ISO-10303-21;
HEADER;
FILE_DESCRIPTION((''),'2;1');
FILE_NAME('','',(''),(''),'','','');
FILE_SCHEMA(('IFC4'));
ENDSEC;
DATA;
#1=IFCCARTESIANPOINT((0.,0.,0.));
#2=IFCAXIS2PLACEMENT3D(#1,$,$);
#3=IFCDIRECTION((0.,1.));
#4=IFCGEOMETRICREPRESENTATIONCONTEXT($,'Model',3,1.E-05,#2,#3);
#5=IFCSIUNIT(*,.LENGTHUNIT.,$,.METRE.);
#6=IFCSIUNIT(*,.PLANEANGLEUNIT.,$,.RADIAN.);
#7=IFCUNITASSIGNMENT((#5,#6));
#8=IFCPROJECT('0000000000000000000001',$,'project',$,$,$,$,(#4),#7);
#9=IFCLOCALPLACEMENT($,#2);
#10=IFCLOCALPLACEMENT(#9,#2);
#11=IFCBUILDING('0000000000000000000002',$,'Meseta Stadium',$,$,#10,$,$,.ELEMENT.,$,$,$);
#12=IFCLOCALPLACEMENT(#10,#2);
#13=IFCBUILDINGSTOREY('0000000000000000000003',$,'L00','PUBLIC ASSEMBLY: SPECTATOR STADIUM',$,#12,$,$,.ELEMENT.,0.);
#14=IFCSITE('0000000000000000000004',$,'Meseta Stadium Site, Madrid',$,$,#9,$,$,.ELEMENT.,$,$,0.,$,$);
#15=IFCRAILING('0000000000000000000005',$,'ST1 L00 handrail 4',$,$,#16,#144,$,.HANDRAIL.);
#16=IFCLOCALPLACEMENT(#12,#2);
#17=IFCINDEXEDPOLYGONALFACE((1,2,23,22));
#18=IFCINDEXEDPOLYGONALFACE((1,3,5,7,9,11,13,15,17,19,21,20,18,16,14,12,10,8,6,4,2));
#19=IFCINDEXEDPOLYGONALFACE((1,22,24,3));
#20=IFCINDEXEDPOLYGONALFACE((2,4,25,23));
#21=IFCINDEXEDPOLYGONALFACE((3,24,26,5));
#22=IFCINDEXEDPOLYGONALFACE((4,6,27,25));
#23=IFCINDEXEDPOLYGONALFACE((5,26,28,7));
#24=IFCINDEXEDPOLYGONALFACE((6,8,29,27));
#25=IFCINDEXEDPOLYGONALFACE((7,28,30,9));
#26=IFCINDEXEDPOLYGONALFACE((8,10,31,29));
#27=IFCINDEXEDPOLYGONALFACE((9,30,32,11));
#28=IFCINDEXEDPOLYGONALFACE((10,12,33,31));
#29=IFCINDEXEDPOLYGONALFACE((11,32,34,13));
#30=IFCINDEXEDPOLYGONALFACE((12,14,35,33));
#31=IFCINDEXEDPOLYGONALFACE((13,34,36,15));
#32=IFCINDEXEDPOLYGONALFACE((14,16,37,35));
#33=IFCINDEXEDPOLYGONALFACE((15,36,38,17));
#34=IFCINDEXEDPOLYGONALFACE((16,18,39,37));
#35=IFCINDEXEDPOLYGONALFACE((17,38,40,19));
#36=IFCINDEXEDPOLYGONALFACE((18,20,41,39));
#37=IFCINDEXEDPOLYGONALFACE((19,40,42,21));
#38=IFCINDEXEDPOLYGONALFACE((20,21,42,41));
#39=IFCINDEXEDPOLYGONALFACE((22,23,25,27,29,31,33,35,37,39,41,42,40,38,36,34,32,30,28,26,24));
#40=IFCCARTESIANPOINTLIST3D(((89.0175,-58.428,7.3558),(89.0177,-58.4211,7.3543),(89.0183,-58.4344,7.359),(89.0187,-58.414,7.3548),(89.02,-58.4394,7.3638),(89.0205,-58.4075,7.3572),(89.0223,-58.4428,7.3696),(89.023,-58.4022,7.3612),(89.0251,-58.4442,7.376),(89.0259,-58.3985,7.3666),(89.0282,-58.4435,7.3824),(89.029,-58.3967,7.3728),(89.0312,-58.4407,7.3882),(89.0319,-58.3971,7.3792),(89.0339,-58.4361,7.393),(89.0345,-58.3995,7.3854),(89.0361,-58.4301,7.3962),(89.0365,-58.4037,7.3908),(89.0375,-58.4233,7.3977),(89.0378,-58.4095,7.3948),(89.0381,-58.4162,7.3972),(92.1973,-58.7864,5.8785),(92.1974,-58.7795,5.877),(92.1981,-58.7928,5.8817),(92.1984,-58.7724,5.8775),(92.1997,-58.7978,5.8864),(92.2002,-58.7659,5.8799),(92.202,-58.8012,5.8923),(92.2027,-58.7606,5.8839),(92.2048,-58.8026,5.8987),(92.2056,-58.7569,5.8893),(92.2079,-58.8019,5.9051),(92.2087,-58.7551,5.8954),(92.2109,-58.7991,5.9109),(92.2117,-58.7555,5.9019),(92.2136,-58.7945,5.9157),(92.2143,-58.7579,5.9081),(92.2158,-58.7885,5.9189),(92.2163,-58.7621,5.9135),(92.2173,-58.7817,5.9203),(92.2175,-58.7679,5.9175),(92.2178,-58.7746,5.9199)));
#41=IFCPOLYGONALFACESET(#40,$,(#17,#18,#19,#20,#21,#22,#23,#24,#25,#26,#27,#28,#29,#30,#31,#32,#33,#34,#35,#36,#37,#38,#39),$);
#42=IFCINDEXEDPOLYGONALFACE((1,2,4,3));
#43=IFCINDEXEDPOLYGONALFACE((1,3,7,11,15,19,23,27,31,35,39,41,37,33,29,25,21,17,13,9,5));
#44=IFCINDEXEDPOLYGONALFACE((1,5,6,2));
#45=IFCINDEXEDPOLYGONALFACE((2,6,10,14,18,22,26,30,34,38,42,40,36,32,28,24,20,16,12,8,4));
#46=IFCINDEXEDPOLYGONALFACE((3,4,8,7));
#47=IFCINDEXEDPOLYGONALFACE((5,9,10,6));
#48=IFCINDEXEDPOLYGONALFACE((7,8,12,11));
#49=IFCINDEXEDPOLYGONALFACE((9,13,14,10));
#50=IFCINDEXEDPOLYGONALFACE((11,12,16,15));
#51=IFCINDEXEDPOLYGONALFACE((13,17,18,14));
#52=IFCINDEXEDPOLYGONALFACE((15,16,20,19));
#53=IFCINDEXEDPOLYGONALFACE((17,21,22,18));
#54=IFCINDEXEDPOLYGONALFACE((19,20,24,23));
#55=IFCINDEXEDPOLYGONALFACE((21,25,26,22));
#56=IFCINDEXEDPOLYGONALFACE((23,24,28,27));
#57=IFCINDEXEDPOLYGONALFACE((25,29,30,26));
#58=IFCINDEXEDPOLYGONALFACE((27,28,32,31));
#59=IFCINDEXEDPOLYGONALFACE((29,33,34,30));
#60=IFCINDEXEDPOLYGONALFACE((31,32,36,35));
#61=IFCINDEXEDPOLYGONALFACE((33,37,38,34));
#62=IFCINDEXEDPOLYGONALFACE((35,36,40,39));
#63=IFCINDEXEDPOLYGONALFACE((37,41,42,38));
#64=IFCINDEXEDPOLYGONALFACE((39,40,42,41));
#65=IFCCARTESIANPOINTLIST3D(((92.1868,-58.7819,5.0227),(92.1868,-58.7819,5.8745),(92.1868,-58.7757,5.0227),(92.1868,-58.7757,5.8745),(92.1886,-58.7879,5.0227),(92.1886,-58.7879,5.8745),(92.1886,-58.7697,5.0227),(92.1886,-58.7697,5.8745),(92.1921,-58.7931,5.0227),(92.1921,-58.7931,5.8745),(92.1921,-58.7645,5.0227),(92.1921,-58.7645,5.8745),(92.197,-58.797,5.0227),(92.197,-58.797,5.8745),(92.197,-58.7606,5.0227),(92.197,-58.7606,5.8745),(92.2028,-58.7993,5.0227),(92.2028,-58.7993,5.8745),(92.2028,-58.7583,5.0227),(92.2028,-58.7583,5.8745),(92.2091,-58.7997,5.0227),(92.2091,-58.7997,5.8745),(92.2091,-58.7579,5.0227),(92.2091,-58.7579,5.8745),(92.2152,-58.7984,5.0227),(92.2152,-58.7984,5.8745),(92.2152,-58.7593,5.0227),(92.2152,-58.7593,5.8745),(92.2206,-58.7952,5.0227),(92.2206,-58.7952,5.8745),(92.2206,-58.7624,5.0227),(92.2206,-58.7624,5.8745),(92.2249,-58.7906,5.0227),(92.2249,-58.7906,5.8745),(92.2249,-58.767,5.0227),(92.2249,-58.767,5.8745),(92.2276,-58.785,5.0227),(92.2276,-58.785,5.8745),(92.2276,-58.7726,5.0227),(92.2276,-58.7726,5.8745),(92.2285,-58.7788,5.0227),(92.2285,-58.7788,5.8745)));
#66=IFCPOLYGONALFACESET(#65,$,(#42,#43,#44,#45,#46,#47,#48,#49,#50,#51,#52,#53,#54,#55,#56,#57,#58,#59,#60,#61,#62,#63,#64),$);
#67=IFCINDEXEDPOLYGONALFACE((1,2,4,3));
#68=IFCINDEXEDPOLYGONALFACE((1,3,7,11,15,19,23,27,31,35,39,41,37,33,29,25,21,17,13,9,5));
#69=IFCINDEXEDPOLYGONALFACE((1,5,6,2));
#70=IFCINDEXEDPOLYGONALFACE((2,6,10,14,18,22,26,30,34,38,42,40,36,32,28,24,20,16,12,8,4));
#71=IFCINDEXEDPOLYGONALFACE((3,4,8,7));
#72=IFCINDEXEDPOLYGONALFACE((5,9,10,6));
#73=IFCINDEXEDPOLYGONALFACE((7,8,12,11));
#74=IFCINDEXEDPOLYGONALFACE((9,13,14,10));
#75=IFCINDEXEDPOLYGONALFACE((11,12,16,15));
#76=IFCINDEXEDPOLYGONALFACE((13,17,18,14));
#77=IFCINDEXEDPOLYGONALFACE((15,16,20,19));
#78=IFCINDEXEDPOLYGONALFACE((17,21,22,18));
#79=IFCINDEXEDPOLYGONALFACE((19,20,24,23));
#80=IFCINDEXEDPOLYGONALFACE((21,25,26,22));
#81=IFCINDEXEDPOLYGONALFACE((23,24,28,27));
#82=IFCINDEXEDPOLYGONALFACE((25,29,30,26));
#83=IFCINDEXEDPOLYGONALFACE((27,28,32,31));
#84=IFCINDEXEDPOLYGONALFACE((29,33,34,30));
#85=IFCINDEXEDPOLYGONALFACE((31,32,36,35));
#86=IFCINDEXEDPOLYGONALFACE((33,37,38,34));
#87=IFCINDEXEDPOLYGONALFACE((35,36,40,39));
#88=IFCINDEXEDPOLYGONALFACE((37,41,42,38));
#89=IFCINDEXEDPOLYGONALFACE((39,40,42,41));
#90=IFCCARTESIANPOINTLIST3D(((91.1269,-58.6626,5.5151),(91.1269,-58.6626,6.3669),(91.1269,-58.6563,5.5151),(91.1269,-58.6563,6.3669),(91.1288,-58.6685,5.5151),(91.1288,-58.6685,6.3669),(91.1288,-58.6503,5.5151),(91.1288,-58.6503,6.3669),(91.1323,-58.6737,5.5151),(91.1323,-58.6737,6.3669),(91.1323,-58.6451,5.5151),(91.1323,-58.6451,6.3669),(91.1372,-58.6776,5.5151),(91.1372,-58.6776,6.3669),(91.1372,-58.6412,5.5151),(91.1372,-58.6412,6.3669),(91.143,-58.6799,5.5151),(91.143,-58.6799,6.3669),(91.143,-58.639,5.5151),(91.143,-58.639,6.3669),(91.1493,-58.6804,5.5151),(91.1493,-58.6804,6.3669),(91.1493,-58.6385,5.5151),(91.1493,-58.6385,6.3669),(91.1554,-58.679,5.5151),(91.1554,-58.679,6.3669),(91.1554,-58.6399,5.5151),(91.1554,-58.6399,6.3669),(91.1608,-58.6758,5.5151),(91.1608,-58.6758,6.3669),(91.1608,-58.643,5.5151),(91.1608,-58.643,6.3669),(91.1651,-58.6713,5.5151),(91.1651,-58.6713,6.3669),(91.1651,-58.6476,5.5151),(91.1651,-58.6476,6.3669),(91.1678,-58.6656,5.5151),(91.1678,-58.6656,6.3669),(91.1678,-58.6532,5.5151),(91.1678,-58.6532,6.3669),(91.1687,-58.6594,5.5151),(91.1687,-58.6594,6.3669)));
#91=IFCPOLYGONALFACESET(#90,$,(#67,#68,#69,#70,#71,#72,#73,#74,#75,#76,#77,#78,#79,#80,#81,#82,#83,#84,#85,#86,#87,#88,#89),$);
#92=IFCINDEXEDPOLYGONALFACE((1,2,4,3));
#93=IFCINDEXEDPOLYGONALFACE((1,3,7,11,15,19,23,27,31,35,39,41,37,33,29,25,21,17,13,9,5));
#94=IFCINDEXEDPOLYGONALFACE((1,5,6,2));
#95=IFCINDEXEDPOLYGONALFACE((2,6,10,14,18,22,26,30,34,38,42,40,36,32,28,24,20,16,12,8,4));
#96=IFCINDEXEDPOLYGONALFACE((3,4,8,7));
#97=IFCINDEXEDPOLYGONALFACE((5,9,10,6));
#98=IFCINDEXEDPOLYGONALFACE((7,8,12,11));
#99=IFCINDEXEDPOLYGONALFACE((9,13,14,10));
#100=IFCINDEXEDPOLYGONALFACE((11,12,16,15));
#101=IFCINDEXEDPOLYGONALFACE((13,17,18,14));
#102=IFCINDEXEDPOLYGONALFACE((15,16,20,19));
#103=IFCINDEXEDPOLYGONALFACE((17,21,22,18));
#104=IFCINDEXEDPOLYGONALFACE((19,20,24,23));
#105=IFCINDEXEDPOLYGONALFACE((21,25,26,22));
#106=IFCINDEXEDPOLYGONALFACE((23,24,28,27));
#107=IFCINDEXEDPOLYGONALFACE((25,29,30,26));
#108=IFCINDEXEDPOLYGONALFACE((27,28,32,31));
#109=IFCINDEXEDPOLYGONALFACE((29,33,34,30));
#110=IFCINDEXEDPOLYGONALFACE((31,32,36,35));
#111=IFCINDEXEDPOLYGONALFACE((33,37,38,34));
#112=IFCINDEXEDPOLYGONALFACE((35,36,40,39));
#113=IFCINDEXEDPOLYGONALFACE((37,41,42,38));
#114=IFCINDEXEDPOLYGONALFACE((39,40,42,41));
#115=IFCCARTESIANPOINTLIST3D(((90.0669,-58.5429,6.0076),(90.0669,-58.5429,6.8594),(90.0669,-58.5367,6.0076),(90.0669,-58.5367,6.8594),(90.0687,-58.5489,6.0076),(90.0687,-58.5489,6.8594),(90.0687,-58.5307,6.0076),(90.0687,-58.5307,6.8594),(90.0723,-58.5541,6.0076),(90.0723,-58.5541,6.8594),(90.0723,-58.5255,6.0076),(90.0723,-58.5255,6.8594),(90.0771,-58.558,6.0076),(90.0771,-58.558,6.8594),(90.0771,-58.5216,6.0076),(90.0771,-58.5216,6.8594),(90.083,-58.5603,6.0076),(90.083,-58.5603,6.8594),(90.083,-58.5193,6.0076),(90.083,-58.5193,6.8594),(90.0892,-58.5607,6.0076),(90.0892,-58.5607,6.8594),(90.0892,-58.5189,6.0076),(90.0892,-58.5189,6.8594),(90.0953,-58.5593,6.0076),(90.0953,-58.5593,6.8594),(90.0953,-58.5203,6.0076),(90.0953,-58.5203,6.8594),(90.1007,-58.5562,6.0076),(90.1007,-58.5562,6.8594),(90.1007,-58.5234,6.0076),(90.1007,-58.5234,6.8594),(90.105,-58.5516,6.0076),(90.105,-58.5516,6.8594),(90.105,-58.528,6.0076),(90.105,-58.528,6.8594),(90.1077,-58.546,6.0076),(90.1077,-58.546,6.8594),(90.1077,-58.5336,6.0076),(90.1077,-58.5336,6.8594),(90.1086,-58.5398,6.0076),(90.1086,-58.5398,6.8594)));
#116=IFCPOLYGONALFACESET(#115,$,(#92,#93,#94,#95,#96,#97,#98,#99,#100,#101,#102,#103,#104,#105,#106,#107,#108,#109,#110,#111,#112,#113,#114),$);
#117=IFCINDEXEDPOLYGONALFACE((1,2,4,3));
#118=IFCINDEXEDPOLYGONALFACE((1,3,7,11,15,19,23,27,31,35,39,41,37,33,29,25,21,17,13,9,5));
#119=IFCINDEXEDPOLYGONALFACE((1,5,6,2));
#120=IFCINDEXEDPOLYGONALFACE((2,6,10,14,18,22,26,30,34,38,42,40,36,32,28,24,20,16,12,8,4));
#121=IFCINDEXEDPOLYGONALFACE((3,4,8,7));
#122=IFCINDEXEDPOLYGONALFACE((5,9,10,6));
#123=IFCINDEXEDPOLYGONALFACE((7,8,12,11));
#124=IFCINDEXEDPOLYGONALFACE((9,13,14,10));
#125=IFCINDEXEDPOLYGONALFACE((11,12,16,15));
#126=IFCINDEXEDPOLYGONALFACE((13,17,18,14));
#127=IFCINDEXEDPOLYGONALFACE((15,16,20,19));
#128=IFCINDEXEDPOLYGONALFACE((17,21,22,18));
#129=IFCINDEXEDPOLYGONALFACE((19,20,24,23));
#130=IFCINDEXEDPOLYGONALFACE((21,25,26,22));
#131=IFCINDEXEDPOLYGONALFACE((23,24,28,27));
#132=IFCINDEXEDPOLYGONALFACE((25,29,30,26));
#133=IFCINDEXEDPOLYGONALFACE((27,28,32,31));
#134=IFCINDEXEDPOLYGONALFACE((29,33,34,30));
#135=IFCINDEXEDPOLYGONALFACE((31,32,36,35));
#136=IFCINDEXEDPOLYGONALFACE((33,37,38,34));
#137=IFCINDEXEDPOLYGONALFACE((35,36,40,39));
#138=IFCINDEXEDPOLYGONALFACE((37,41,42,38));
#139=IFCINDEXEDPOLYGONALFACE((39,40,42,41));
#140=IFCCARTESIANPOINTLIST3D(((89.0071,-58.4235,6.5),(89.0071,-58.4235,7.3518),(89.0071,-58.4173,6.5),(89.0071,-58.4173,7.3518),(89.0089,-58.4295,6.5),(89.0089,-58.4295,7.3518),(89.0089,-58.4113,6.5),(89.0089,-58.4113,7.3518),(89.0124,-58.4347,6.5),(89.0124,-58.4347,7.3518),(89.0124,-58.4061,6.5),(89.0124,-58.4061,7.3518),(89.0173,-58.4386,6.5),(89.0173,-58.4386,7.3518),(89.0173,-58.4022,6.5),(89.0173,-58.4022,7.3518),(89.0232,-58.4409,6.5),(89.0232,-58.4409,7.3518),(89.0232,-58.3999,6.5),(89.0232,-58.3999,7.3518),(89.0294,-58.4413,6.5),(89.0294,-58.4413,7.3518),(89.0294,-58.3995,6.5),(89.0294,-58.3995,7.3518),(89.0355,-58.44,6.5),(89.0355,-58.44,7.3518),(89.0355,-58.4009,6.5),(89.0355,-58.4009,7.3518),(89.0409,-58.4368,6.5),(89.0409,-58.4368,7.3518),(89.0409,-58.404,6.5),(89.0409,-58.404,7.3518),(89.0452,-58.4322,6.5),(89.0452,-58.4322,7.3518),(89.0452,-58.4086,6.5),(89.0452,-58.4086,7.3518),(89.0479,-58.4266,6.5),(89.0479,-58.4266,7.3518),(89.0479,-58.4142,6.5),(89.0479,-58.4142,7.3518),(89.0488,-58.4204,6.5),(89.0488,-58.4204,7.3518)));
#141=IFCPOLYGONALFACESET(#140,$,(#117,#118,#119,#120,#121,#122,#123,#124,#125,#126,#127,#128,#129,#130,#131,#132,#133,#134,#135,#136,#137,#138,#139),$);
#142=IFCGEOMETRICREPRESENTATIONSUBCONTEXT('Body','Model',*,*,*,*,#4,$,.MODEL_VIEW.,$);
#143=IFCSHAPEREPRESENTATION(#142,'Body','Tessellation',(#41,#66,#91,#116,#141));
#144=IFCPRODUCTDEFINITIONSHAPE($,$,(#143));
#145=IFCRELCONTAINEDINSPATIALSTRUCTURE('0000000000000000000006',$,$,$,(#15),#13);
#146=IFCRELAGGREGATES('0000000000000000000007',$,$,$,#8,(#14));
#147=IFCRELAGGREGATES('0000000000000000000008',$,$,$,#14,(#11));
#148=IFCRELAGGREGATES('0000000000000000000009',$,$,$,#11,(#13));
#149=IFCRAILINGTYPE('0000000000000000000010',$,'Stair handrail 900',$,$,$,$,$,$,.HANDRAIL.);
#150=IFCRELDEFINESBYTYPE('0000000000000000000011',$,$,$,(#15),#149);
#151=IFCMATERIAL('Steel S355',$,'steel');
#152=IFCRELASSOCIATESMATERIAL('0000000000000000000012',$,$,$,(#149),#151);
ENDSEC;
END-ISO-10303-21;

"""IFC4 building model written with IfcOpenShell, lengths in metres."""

from ifc_helpers import new_model, si_unit, direction, frame, origin, origin_2d, place, context, subcontext, project, spatial, circle, extrude, material, type_object, element, save


model = new_model("IFC4")

# Units and contexts
model_context = context("Model", 3, precision=1e-05, world=origin(), true_north=direction((0.0, 1.0)))
body_context = subcontext(model_context, "Body", "Model", "MODEL_VIEW")
ifc_project = project(units=[si_unit("LENGTHUNIT", "METRE"), si_unit("PLANEANGLEUNIT", "RADIAN")], contexts=[model_context])

# Site, building, storey
site_placement = place(None, origin())
site = spatial("IfcSite", under=ifc_project, at=site_placement, Name="Meseta Stadium Site, Madrid", CompositionType="ELEMENT", RefElevation=0.0)
building_placement = place(site_placement, origin())
building = spatial("IfcBuilding", under=site, at=building_placement, Name="Meseta Stadium", CompositionType="ELEMENT")
storey_placement = place(building_placement, origin())
storey = spatial("IfcBuildingStorey", under=building, at=storey_placement, Name="L00", Description="PUBLIC ASSEMBLY: SPECTATOR STADIUM", CompositionType="ELEMENT", Elevation=0.0)

# Railing
ifc_material_1 = material(Name="Steel S355", Category="steel")
railing_type_1 = type_object("IfcRailingType", Name="Stair handrail 900", PredefinedType="HANDRAIL", material=ifc_material_1)
railing_1_placement = place(storey_placement, frame((92.2075, -58.7788, 5.0227)))
element("IfcRailing", 1, at=railing_1_placement, inside=storey, type_object=railing_type_1, Name="ST1 L00 handrail 4", PredefinedType="HANDRAIL", context=body_context, shape_type="SweptSolid", body=[
    extrude(circle(Radius=0.0239, at=origin_2d()), frame((0.0, 0.0, 0.876), z_axis=(-0.902197, 0.101691, 0.419164), x_axis=(-0.112006, -0.993708, 0.0)), (0.0, 0.0, 1.0), 3.5244),
    extrude(circle(Radius=0.021, at=origin_2d()), origin(), (0.0, 0.0, 1.0), 0.8518),
    extrude(circle(Radius=0.021, at=origin_2d()), frame((-1.0598, 0.1194, 0.4924)), (0.0, 0.0, 1.0), 0.8518),
    extrude(circle(Radius=0.021, at=origin_2d()), frame((-2.1199, 0.239, 0.9849)), (0.0, 0.0, 1.0), 0.8518),
    extrude(circle(Radius=0.021, at=origin_2d()), frame((-3.1797, 0.3584, 1.4773)), (0.0, 0.0, 1.0), 0.8518),
])

save(model, "model.ifc")
